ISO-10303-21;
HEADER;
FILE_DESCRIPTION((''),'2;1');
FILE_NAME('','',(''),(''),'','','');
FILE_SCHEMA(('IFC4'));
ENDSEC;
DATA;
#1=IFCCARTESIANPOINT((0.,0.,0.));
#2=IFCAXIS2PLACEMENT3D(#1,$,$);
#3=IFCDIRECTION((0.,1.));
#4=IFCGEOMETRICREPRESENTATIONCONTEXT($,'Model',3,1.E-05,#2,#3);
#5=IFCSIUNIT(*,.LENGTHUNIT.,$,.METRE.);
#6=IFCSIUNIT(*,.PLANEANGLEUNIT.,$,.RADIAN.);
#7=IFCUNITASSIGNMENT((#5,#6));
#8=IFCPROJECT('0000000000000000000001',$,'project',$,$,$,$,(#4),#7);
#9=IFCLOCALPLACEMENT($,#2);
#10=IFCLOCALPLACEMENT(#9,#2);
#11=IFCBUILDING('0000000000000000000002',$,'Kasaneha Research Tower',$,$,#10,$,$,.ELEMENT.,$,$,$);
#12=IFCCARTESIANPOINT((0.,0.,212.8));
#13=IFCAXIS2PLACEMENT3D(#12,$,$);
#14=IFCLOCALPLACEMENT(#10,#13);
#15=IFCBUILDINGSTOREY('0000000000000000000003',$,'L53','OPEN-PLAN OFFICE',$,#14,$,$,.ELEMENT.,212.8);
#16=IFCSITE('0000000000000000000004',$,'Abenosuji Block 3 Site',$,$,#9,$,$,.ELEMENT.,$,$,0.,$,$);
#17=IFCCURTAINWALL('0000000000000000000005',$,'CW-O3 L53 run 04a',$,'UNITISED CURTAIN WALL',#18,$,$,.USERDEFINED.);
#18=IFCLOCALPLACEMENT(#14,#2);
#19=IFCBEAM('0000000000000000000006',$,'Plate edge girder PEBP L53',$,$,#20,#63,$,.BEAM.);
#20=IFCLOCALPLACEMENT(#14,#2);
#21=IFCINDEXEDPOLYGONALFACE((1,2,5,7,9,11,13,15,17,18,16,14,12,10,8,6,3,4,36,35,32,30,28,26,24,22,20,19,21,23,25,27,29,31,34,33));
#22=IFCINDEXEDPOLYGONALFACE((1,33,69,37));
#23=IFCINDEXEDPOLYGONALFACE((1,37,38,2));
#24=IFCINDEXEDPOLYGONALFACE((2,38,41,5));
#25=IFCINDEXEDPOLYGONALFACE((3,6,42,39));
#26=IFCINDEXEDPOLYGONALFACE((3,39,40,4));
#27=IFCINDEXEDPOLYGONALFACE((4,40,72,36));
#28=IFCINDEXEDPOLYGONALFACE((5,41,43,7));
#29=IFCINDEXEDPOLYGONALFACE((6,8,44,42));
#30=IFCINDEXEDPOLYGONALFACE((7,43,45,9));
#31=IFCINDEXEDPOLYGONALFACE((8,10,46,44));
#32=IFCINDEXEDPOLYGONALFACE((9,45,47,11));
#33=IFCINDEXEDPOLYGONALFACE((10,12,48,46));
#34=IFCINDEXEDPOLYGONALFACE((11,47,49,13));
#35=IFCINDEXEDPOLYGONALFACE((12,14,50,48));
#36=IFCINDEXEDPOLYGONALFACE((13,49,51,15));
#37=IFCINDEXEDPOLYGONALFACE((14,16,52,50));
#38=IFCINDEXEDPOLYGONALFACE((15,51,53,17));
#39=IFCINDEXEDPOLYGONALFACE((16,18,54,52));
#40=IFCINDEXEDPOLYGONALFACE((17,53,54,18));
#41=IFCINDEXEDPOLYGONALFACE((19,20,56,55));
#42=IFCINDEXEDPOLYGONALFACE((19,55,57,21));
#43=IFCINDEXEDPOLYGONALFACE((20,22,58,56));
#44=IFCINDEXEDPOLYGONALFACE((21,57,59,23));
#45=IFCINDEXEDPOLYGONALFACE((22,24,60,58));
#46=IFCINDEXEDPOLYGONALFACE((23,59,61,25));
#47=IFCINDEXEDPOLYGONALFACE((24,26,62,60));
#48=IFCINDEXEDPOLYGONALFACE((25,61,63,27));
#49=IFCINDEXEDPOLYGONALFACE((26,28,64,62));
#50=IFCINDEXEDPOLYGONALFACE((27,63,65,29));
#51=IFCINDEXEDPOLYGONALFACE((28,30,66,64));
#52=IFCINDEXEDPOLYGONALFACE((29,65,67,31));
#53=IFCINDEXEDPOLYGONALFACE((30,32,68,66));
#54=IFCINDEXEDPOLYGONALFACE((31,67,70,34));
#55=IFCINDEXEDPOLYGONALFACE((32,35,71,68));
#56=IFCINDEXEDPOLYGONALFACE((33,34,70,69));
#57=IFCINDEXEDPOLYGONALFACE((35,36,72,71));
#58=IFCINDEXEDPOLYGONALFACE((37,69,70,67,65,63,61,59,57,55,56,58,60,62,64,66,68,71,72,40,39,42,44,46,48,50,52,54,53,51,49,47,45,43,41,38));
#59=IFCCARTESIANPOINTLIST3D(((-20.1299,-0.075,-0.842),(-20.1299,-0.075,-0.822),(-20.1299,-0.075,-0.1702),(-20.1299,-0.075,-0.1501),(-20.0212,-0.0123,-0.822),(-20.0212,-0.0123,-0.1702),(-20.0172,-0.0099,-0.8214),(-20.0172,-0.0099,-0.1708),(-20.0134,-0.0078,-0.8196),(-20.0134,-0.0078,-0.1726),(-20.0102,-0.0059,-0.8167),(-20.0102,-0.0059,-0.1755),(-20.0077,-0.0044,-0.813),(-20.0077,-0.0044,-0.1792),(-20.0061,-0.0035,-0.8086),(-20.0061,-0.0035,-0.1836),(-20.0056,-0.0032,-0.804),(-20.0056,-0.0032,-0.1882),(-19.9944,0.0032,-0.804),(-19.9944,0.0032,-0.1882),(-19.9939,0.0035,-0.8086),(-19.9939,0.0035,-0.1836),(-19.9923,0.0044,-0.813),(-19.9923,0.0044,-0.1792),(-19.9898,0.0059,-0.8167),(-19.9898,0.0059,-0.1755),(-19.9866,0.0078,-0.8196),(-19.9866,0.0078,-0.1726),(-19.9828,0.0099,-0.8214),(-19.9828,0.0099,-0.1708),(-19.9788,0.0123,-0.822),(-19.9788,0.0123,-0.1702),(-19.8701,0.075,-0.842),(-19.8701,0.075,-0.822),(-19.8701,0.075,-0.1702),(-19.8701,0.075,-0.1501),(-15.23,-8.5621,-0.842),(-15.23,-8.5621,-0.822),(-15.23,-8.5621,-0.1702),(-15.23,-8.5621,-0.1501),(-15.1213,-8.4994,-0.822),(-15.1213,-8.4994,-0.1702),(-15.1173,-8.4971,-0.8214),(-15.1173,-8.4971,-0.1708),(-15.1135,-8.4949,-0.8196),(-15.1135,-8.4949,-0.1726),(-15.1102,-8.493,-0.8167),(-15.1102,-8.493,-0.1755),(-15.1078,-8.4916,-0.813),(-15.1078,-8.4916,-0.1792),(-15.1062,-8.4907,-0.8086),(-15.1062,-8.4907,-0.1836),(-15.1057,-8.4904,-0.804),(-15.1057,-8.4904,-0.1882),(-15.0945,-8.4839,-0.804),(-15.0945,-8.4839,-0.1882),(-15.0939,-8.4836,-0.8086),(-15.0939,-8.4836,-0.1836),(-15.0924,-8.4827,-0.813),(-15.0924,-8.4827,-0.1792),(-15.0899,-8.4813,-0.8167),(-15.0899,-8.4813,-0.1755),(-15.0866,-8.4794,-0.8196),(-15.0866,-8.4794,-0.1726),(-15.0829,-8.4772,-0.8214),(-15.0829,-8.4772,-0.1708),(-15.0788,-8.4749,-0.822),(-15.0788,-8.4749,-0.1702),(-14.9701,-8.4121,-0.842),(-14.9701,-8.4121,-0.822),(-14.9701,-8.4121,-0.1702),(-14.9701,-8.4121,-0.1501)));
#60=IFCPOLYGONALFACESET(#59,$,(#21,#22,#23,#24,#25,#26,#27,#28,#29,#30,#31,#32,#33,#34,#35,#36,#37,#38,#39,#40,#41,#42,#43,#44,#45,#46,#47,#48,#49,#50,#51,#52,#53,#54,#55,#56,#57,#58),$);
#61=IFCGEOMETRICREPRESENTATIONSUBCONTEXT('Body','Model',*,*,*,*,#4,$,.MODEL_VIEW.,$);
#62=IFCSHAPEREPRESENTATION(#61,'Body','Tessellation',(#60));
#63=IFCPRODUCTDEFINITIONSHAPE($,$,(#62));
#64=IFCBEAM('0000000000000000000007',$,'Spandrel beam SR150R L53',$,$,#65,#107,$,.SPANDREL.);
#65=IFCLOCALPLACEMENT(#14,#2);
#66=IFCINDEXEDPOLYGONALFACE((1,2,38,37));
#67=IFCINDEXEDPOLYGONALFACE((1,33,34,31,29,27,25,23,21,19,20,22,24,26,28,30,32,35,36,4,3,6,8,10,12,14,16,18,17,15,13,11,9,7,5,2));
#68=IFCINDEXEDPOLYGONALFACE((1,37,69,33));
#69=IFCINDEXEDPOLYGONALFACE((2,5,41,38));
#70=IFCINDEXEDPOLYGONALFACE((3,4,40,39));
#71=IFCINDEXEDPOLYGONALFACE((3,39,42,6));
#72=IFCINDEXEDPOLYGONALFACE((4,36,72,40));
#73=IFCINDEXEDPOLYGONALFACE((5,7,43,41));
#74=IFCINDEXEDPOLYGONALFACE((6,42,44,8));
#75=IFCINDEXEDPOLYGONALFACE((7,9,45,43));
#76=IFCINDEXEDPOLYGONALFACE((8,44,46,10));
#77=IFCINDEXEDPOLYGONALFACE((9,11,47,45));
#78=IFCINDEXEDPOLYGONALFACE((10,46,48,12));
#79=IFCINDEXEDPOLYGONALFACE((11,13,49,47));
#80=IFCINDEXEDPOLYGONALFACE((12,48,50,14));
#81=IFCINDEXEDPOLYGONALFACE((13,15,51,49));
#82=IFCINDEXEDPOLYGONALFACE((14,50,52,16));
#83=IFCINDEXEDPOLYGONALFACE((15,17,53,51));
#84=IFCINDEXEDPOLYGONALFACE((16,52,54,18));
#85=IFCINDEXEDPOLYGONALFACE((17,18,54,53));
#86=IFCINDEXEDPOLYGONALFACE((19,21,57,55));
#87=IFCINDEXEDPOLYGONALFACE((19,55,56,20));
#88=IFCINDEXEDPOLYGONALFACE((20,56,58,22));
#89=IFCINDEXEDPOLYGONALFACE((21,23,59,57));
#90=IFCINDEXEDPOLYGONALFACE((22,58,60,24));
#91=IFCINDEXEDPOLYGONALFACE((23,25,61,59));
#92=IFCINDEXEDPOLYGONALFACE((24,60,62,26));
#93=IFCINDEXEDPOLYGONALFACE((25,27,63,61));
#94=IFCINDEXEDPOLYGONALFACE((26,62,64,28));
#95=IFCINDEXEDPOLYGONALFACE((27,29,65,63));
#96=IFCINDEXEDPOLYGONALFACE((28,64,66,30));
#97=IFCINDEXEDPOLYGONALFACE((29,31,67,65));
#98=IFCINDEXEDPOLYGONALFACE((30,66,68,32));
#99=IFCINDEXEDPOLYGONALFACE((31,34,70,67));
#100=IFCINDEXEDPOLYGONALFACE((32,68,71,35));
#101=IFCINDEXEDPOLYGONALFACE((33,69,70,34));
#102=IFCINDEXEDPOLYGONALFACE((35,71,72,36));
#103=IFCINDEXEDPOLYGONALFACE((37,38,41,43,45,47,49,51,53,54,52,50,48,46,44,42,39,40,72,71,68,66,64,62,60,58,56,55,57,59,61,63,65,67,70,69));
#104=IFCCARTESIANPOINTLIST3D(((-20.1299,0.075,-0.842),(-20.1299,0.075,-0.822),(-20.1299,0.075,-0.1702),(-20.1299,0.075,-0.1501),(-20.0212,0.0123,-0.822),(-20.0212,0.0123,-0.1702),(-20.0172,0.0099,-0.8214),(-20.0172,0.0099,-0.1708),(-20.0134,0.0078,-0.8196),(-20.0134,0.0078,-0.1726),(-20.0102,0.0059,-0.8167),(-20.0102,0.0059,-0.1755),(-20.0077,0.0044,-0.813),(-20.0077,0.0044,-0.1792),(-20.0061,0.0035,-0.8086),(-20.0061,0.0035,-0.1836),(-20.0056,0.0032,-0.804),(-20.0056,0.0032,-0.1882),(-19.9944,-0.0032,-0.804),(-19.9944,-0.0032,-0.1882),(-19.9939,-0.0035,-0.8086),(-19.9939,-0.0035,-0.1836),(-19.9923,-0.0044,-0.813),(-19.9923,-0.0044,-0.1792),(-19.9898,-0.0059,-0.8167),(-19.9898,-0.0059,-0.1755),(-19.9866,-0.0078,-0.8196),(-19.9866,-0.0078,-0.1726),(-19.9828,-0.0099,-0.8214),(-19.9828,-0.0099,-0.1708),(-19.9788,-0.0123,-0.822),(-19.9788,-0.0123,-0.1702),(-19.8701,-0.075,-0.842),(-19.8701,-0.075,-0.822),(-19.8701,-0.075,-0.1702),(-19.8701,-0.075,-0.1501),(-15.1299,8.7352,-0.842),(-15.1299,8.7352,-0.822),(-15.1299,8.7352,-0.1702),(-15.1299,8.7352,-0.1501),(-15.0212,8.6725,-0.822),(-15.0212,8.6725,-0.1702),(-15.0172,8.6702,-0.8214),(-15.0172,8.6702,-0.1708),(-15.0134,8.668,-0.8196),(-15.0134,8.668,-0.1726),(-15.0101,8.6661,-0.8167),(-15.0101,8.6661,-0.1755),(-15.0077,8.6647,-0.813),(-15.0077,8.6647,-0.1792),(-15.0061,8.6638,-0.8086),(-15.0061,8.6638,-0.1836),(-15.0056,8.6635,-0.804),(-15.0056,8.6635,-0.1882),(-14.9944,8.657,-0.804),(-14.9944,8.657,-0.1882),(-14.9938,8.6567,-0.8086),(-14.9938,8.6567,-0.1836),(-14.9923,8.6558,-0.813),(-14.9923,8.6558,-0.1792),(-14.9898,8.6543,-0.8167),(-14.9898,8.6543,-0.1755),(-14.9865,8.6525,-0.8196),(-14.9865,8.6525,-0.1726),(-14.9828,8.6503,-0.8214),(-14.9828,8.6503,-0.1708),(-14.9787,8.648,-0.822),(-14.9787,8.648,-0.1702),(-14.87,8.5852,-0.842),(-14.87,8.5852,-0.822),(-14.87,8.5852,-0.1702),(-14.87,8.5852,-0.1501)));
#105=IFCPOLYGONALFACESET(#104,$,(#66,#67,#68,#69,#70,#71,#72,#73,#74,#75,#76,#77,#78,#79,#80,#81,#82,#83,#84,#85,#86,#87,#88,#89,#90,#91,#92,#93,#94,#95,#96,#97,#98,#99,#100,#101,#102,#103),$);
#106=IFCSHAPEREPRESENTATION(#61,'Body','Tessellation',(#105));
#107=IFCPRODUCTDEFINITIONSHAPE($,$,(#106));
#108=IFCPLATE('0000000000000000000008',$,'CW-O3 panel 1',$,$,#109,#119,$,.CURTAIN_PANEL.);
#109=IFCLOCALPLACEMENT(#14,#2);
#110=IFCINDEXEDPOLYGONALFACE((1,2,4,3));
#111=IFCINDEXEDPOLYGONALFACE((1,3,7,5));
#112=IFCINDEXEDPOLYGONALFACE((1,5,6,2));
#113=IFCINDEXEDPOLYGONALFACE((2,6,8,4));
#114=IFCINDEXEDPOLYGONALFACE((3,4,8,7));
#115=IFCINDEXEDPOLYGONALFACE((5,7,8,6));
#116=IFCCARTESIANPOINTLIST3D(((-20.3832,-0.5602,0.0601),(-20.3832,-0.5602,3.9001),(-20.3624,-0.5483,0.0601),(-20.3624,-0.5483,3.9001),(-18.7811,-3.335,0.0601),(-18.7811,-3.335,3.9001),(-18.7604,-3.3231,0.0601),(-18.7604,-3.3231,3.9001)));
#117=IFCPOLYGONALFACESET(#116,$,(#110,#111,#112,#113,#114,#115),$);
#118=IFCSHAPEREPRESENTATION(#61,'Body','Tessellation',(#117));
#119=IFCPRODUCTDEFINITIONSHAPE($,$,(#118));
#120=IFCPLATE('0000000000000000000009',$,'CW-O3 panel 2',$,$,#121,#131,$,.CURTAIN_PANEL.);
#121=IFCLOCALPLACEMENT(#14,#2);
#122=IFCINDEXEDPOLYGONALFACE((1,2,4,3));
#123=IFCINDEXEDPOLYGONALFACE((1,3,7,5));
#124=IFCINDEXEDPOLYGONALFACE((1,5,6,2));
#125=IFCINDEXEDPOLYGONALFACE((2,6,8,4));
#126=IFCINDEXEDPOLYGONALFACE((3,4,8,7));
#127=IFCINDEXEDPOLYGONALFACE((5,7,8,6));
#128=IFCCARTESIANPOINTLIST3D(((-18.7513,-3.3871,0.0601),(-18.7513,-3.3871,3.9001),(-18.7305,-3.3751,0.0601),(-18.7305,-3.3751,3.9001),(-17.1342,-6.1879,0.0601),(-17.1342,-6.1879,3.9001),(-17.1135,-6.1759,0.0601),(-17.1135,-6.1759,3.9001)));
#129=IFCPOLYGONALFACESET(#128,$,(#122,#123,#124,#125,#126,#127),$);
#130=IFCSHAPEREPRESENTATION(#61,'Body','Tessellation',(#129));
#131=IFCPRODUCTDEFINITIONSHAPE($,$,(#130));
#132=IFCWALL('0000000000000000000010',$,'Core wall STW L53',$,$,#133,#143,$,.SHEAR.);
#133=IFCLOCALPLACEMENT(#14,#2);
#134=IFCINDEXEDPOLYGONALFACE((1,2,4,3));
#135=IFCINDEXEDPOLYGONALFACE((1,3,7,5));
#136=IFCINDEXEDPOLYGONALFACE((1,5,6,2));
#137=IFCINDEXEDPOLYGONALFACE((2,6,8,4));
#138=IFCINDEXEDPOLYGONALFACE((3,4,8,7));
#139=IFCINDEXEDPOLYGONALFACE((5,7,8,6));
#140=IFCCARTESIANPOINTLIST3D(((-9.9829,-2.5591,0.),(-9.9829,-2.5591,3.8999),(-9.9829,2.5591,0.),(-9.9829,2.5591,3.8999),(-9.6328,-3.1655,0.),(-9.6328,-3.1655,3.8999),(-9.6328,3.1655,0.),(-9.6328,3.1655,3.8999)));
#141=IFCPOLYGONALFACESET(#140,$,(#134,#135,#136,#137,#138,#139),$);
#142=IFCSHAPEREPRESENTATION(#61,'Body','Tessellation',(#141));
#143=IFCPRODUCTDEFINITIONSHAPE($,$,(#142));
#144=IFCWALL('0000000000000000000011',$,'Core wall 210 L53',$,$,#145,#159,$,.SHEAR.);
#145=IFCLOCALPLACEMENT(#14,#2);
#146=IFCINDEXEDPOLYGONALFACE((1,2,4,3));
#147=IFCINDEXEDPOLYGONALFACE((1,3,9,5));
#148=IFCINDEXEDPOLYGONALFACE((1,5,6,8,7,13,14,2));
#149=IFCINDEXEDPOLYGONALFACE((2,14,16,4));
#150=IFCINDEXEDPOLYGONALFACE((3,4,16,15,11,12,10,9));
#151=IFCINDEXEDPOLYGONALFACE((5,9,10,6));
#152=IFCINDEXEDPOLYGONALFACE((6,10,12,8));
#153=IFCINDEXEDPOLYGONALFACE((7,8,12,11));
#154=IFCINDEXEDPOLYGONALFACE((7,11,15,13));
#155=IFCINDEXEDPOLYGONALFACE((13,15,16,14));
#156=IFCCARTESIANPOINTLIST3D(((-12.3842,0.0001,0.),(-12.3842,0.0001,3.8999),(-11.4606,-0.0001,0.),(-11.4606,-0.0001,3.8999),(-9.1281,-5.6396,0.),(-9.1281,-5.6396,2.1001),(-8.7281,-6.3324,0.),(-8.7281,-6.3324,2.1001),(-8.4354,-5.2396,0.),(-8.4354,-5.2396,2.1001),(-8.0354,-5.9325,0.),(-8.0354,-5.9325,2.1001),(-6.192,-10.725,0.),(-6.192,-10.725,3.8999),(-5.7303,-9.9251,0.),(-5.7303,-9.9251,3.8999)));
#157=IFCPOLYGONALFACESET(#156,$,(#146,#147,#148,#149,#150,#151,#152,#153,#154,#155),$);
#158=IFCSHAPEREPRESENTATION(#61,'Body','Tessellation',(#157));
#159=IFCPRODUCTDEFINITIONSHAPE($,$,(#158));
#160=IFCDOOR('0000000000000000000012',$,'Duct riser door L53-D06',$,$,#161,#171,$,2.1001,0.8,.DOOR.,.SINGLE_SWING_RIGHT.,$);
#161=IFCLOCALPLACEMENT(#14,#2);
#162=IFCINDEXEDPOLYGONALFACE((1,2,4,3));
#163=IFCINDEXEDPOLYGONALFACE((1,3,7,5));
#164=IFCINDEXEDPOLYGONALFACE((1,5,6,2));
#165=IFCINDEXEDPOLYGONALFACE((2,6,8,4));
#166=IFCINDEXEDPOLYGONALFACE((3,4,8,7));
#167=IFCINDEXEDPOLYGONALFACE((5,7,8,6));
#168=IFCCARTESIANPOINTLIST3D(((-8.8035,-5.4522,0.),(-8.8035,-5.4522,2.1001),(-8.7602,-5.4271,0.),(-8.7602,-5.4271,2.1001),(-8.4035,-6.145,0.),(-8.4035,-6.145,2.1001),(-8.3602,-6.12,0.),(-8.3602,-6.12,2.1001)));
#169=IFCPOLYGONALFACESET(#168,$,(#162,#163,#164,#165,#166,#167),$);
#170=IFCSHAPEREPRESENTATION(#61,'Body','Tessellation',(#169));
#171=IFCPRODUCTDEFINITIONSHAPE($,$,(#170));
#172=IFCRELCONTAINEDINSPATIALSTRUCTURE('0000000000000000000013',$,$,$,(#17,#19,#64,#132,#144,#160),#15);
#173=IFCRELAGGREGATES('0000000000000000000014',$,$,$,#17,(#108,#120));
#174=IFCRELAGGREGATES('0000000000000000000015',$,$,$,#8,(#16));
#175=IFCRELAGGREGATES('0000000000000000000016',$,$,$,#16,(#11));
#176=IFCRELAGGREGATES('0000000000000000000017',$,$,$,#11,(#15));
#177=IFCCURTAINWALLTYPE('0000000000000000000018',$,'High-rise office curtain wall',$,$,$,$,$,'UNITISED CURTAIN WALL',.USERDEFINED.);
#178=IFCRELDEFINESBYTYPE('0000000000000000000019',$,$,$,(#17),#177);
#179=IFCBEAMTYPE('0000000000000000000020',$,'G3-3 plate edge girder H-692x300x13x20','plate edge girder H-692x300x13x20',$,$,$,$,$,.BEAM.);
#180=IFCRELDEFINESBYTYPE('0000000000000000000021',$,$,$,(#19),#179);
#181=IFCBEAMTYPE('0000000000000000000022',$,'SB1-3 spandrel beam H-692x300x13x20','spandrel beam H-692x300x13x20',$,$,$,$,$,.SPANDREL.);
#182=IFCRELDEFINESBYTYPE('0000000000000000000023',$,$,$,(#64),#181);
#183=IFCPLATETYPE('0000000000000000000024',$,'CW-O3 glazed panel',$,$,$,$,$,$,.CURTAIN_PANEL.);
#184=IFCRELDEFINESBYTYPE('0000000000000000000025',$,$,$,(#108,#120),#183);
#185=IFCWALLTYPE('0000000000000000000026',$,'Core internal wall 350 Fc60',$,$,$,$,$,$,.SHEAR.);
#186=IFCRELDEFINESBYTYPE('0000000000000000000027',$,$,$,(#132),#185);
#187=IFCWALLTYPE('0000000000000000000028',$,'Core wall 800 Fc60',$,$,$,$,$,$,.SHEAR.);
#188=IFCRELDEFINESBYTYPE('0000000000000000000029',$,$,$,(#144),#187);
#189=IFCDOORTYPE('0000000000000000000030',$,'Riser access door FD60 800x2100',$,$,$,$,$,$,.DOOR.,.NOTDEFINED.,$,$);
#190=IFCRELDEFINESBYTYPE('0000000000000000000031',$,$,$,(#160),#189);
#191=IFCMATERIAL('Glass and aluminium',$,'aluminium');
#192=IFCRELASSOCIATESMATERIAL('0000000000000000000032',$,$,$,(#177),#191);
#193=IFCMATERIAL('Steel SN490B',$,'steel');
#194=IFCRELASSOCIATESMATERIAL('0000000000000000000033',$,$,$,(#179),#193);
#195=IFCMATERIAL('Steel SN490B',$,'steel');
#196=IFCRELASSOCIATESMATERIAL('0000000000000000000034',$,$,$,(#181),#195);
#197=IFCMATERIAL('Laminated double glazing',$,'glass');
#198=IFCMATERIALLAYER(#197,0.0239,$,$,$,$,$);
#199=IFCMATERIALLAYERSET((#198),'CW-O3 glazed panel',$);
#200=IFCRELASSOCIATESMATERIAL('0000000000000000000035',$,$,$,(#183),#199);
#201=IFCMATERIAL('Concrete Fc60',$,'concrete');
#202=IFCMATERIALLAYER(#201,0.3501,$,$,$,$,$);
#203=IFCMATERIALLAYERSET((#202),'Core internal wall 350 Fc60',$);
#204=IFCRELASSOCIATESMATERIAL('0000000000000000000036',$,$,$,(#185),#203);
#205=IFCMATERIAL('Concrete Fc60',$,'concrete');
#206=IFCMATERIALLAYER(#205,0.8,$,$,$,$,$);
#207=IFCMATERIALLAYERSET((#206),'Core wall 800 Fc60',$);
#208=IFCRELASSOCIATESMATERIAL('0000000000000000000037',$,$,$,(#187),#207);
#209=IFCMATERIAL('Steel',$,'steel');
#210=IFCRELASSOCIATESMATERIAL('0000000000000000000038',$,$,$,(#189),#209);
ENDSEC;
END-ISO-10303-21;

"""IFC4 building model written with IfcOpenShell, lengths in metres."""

from ifc_helpers import new_model, si_unit, direction, frame, frame_2d, origin, origin_2d, place, context, subcontext, project, spatial, polyline, rectangle, i_section, outline, extrude, material, layer, layer_set, material_profile, profile_set, type_object, element, fill, aggregate, save


model = new_model("IFC4")

# Units and contexts
model_context = context("Model", 3, precision=1e-05, world=origin(), true_north=direction((0.0, 1.0)))
body_context = subcontext(model_context, "Body", "Model", "MODEL_VIEW")
ifc_project = project(units=[si_unit("LENGTHUNIT", "METRE"), si_unit("PLANEANGLEUNIT", "RADIAN")], contexts=[model_context])

# Site, building, storey
site_placement = place(None, origin())
site = spatial("IfcSite", under=ifc_project, at=site_placement, Name="Abenosuji Block 3 Site", CompositionType="ELEMENT", RefElevation=0.0)
building_placement = place(site_placement, origin())
building = spatial("IfcBuilding", under=site, at=building_placement, Name="Kasaneha Research Tower", CompositionType="ELEMENT")
storey_placement = place(building_placement, frame((0.0, 0.0, 212.8)))
storey = spatial("IfcBuildingStorey", under=building, at=storey_placement, Name="L53", Description="OPEN-PLAN OFFICE", CompositionType="ELEMENT", Elevation=212.8)

# Curtain wall
ifc_material_1 = material(Name="Glass and aluminium", Category="aluminium")
curtain_wall_type = type_object("IfcCurtainWallType", Name="High-rise office curtain wall", ElementType="UNITISED CURTAIN WALL", PredefinedType="USERDEFINED", material=ifc_material_1)
curtain_wall_placement = place(storey_placement, origin())
curtain_wall = element("IfcCurtainWall", 1, at=curtain_wall_placement, inside=storey, type_object=curtain_wall_type, Name="CW-O3 L53 run 04a", ObjectType="UNITISED CURTAIN WALL", PredefinedType="USERDEFINED")

# Beams
ifc_material_2 = material(Name="Steel SN490B", Category="steel")
ifc_material_profile_1 = material_profile(ifc_material_2, i_section(OverallWidth=0.3, OverallDepth=0.6919, WebThickness=0.0129, FlangeThickness=0.02, FilletRadius=0.0181, at=origin_2d()), Name="H-692x300x13x20")
ifc_profile_set_1 = profile_set([ifc_material_profile_1], Name="Steel SN490B")
beam_type_1 = type_object("IfcBeamType", Name="G3-3 plate edge girder H-692x300x13x20", Description="plate edge girder H-692x300x13x20", PredefinedType="BEAM", material=ifc_profile_set_1)
beam_1_placement = place(storey_placement, frame((-20.0, 0.0, -0.4961), z_axis=(0.499992, -0.86603, 0.0), x_axis=(0.86603, 0.499992, 0.0)))
element("IfcBeam", 2, at=beam_1_placement, inside=storey, type_object=beam_type_1, Name="Plate edge girder PEBP L53", PredefinedType="BEAM", context=body_context, shape_type="SweptSolid", body=[
    extrude(i_section(OverallWidth=0.3, OverallDepth=0.6919, WebThickness=0.0129, FlangeThickness=0.02, FilletRadius=0.0181, at=origin_2d()), origin(), (0.0, 0.0, 1.0), 9.8),
])
ifc_material_3 = material(Name="Steel SN490B", Category="steel")
ifc_material_profile_2 = material_profile(ifc_material_3, i_section(OverallWidth=0.3, OverallDepth=0.6919, WebThickness=0.0129, FlangeThickness=0.02, FilletRadius=0.0181, at=origin_2d()), Name="H-692x300x13x20")
ifc_profile_set_2 = profile_set([ifc_material_profile_2], Name="Steel SN490B")
beam_type_2 = type_object("IfcBeamType", Name="SB1-3 spandrel beam H-692x300x13x20", Description="spandrel beam H-692x300x13x20", PredefinedType="SPANDREL", material=ifc_profile_set_2)
beam_2_placement = place(storey_placement, frame((-20.0, 0.0, -0.4961), z_axis=(0.500004, 0.866023, 0.0), x_axis=(-0.866023, 0.500004, 0.0)))
element("IfcBeam", 3, at=beam_2_placement, inside=storey, type_object=beam_type_2, Name="Spandrel beam SR150R L53", PredefinedType="SPANDREL", context=body_context, shape_type="SweptSolid", body=[
    extrude(i_section(OverallWidth=0.3, OverallDepth=0.6919, WebThickness=0.0129, FlangeThickness=0.02, FilletRadius=0.0181, at=origin_2d()), origin(), (0.0, 0.0, 1.0), 10.0),
])

# Plates
ifc_material_4 = material(Name="Laminated double glazing", Category="glass")
ifc_layer_1 = layer(ifc_material_4, 0.0239)
ifc_layer_set_1 = layer_set([ifc_layer_1], Name="CW-O3 glazed panel")
plate_type = type_object("IfcPlateType", Name="CW-O3 glazed panel", PredefinedType="CURTAIN_PANEL", material=ifc_layer_set_1)
plate_1_placement = place(storey_placement, frame((-19.5718, -1.9417, 0.0601), z_axis=(0.0, 0.0, 1.0), x_axis=(0.5, -0.866025, 0.0)))
plate_1 = element("IfcPlate", 4, at=plate_1_placement, type_object=plate_type, Name="CW-O3 panel 1", PredefinedType="CURTAIN_PANEL", context=body_context, shape_type="SweptSolid", body=[
    extrude(rectangle(XDim=3.2041, YDim=0.0239, at=origin_2d()), origin(), (0.0, 0.0, 1.0), 3.8401),
])
plate_2_placement = place(storey_placement, frame((-17.9324, -4.7815, 0.0601), z_axis=(0.0, 0.0, 1.0), x_axis=(0.5, -0.866025, 0.0)))
plate_2 = element("IfcPlate", 5, at=plate_2_placement, type_object=plate_type, Name="CW-O3 panel 2", PredefinedType="CURTAIN_PANEL", context=body_context, shape_type="SweptSolid", body=[
    extrude(rectangle(XDim=3.2341, YDim=0.0239, at=origin_2d()), origin(), (0.0, 0.0, 1.0), 3.8401),
])
aggregate(curtain_wall, [plate_1, plate_2])

# Shared definitions
ifc_material_5 = material(Name="Concrete Fc60", Category="concrete")
ifc_layer_2 = layer(ifc_material_5, 0.3501)
ifc_layer_set_2 = layer_set([ifc_layer_2], Name="Core internal wall 350 Fc60")
wall_type_1 = type_object("IfcWallType", Name="Core internal wall 350 Fc60", PredefinedType="SHEAR", material=ifc_layer_set_2)

# Wall
wall_1_placement = place(storey_placement, frame((-9.8079, -2.8623, 0.0), z_axis=(0.0, 0.0, 1.0), x_axis=(0.0, 1.0, 0.0)))
element("IfcWall", 6, at=wall_1_placement, inside=storey, type_object=wall_type_1, Name="Core wall STW L53", PredefinedType="SHEAR", context=body_context, shape_type="SweptSolid", body=[
    extrude(outline(polyline([(-0.3032, -0.175), (6.0278, -0.175), (5.4214, 0.175), (0.3032, 0.175), (-0.3032, -0.175)])), origin(), (0.0, 0.0, 1.0), 3.8999),
])

# Wall, opening, door
ifc_material_6 = material(Name="Concrete Fc60", Category="concrete")
ifc_layer_3 = layer(ifc_material_6, 0.8)
ifc_layer_set_3 = layer_set([ifc_layer_3], Name="Core wall 800 Fc60")
wall_type_2 = type_object("IfcWallType", Name="Core wall 800 Fc60", PredefinedType="SHEAR", material=ifc_layer_set_3)
wall_2_placement = place(storey_placement, frame((-11.9224, 0.0, 0.0), z_axis=(0.0, 0.0, 1.0), x_axis=(0.500004, -0.866023, 0.0)))
wall_2 = element("IfcWall", 7, at=wall_2_placement, inside=storey, type_object=wall_type_2, Name="Core wall 210 L53", PredefinedType="SHEAR", context=body_context, shape_type="SweptSolid", body=[
    extrude(outline(polyline([(-0.231, -0.3999), (6.2812, -0.3999), (7.0813, -0.3999), (12.1533, -0.3999), (11.6914, 0.3999), (7.0813, 0.3999), (6.2812, 0.3999), (0.231, 0.3999), (-0.231, -0.3999)])), origin(), (0.0, 0.0, 1.0), 3.8999),
])
opening_1_placement = place(wall_2_placement, frame((6.2812, 0.0, 0.0)))
opening_1 = element("IfcOpeningElement", 8, at=opening_1_placement, cuts=wall_2, PredefinedType="OPENING", context=body_context, shape_type="SweptSolid", body=[
    extrude(rectangle(XDim=0.8, YDim=2.1001, at=frame_2d((0.3999, 1.05))), frame((0.0, 0.4102, 0.0), z_axis=(0.0, -1.0, 0.0), x_axis=(1.0, 0.0, 0.0)), (0.0, 0.0, 1.0), 0.8201),
])
ifc_material_7 = material(Name="Steel", Category="steel")
door_type_1 = type_object("IfcDoorType", Name="Riser access door FD60 800x2100", OperationType="NOTDEFINED", PredefinedType="DOOR", material=ifc_material_7)
door_1_placement = place(opening_1_placement, origin())
door_1 = element("IfcDoor", 9, at=door_1_placement, inside=storey, type_object=door_type_1, Name="Duct riser door L53-D06", OperationType="SINGLE_SWING_RIGHT", OverallHeight=2.1001, OverallWidth=0.8, PredefinedType="DOOR", context=body_context, shape_type="SweptSolid", body=[
    extrude(rectangle(XDim=0.8, YDim=2.1001, at=frame_2d((0.3999, 1.05))), frame((0.0, 0.0249, 0.0), z_axis=(0.0, -1.0, 0.0), x_axis=(1.0, 0.0, 0.0)), (0.0, 0.0, 1.0), 0.05),
])
fill(opening_1, door_1)

save(model, "model.ifc")
